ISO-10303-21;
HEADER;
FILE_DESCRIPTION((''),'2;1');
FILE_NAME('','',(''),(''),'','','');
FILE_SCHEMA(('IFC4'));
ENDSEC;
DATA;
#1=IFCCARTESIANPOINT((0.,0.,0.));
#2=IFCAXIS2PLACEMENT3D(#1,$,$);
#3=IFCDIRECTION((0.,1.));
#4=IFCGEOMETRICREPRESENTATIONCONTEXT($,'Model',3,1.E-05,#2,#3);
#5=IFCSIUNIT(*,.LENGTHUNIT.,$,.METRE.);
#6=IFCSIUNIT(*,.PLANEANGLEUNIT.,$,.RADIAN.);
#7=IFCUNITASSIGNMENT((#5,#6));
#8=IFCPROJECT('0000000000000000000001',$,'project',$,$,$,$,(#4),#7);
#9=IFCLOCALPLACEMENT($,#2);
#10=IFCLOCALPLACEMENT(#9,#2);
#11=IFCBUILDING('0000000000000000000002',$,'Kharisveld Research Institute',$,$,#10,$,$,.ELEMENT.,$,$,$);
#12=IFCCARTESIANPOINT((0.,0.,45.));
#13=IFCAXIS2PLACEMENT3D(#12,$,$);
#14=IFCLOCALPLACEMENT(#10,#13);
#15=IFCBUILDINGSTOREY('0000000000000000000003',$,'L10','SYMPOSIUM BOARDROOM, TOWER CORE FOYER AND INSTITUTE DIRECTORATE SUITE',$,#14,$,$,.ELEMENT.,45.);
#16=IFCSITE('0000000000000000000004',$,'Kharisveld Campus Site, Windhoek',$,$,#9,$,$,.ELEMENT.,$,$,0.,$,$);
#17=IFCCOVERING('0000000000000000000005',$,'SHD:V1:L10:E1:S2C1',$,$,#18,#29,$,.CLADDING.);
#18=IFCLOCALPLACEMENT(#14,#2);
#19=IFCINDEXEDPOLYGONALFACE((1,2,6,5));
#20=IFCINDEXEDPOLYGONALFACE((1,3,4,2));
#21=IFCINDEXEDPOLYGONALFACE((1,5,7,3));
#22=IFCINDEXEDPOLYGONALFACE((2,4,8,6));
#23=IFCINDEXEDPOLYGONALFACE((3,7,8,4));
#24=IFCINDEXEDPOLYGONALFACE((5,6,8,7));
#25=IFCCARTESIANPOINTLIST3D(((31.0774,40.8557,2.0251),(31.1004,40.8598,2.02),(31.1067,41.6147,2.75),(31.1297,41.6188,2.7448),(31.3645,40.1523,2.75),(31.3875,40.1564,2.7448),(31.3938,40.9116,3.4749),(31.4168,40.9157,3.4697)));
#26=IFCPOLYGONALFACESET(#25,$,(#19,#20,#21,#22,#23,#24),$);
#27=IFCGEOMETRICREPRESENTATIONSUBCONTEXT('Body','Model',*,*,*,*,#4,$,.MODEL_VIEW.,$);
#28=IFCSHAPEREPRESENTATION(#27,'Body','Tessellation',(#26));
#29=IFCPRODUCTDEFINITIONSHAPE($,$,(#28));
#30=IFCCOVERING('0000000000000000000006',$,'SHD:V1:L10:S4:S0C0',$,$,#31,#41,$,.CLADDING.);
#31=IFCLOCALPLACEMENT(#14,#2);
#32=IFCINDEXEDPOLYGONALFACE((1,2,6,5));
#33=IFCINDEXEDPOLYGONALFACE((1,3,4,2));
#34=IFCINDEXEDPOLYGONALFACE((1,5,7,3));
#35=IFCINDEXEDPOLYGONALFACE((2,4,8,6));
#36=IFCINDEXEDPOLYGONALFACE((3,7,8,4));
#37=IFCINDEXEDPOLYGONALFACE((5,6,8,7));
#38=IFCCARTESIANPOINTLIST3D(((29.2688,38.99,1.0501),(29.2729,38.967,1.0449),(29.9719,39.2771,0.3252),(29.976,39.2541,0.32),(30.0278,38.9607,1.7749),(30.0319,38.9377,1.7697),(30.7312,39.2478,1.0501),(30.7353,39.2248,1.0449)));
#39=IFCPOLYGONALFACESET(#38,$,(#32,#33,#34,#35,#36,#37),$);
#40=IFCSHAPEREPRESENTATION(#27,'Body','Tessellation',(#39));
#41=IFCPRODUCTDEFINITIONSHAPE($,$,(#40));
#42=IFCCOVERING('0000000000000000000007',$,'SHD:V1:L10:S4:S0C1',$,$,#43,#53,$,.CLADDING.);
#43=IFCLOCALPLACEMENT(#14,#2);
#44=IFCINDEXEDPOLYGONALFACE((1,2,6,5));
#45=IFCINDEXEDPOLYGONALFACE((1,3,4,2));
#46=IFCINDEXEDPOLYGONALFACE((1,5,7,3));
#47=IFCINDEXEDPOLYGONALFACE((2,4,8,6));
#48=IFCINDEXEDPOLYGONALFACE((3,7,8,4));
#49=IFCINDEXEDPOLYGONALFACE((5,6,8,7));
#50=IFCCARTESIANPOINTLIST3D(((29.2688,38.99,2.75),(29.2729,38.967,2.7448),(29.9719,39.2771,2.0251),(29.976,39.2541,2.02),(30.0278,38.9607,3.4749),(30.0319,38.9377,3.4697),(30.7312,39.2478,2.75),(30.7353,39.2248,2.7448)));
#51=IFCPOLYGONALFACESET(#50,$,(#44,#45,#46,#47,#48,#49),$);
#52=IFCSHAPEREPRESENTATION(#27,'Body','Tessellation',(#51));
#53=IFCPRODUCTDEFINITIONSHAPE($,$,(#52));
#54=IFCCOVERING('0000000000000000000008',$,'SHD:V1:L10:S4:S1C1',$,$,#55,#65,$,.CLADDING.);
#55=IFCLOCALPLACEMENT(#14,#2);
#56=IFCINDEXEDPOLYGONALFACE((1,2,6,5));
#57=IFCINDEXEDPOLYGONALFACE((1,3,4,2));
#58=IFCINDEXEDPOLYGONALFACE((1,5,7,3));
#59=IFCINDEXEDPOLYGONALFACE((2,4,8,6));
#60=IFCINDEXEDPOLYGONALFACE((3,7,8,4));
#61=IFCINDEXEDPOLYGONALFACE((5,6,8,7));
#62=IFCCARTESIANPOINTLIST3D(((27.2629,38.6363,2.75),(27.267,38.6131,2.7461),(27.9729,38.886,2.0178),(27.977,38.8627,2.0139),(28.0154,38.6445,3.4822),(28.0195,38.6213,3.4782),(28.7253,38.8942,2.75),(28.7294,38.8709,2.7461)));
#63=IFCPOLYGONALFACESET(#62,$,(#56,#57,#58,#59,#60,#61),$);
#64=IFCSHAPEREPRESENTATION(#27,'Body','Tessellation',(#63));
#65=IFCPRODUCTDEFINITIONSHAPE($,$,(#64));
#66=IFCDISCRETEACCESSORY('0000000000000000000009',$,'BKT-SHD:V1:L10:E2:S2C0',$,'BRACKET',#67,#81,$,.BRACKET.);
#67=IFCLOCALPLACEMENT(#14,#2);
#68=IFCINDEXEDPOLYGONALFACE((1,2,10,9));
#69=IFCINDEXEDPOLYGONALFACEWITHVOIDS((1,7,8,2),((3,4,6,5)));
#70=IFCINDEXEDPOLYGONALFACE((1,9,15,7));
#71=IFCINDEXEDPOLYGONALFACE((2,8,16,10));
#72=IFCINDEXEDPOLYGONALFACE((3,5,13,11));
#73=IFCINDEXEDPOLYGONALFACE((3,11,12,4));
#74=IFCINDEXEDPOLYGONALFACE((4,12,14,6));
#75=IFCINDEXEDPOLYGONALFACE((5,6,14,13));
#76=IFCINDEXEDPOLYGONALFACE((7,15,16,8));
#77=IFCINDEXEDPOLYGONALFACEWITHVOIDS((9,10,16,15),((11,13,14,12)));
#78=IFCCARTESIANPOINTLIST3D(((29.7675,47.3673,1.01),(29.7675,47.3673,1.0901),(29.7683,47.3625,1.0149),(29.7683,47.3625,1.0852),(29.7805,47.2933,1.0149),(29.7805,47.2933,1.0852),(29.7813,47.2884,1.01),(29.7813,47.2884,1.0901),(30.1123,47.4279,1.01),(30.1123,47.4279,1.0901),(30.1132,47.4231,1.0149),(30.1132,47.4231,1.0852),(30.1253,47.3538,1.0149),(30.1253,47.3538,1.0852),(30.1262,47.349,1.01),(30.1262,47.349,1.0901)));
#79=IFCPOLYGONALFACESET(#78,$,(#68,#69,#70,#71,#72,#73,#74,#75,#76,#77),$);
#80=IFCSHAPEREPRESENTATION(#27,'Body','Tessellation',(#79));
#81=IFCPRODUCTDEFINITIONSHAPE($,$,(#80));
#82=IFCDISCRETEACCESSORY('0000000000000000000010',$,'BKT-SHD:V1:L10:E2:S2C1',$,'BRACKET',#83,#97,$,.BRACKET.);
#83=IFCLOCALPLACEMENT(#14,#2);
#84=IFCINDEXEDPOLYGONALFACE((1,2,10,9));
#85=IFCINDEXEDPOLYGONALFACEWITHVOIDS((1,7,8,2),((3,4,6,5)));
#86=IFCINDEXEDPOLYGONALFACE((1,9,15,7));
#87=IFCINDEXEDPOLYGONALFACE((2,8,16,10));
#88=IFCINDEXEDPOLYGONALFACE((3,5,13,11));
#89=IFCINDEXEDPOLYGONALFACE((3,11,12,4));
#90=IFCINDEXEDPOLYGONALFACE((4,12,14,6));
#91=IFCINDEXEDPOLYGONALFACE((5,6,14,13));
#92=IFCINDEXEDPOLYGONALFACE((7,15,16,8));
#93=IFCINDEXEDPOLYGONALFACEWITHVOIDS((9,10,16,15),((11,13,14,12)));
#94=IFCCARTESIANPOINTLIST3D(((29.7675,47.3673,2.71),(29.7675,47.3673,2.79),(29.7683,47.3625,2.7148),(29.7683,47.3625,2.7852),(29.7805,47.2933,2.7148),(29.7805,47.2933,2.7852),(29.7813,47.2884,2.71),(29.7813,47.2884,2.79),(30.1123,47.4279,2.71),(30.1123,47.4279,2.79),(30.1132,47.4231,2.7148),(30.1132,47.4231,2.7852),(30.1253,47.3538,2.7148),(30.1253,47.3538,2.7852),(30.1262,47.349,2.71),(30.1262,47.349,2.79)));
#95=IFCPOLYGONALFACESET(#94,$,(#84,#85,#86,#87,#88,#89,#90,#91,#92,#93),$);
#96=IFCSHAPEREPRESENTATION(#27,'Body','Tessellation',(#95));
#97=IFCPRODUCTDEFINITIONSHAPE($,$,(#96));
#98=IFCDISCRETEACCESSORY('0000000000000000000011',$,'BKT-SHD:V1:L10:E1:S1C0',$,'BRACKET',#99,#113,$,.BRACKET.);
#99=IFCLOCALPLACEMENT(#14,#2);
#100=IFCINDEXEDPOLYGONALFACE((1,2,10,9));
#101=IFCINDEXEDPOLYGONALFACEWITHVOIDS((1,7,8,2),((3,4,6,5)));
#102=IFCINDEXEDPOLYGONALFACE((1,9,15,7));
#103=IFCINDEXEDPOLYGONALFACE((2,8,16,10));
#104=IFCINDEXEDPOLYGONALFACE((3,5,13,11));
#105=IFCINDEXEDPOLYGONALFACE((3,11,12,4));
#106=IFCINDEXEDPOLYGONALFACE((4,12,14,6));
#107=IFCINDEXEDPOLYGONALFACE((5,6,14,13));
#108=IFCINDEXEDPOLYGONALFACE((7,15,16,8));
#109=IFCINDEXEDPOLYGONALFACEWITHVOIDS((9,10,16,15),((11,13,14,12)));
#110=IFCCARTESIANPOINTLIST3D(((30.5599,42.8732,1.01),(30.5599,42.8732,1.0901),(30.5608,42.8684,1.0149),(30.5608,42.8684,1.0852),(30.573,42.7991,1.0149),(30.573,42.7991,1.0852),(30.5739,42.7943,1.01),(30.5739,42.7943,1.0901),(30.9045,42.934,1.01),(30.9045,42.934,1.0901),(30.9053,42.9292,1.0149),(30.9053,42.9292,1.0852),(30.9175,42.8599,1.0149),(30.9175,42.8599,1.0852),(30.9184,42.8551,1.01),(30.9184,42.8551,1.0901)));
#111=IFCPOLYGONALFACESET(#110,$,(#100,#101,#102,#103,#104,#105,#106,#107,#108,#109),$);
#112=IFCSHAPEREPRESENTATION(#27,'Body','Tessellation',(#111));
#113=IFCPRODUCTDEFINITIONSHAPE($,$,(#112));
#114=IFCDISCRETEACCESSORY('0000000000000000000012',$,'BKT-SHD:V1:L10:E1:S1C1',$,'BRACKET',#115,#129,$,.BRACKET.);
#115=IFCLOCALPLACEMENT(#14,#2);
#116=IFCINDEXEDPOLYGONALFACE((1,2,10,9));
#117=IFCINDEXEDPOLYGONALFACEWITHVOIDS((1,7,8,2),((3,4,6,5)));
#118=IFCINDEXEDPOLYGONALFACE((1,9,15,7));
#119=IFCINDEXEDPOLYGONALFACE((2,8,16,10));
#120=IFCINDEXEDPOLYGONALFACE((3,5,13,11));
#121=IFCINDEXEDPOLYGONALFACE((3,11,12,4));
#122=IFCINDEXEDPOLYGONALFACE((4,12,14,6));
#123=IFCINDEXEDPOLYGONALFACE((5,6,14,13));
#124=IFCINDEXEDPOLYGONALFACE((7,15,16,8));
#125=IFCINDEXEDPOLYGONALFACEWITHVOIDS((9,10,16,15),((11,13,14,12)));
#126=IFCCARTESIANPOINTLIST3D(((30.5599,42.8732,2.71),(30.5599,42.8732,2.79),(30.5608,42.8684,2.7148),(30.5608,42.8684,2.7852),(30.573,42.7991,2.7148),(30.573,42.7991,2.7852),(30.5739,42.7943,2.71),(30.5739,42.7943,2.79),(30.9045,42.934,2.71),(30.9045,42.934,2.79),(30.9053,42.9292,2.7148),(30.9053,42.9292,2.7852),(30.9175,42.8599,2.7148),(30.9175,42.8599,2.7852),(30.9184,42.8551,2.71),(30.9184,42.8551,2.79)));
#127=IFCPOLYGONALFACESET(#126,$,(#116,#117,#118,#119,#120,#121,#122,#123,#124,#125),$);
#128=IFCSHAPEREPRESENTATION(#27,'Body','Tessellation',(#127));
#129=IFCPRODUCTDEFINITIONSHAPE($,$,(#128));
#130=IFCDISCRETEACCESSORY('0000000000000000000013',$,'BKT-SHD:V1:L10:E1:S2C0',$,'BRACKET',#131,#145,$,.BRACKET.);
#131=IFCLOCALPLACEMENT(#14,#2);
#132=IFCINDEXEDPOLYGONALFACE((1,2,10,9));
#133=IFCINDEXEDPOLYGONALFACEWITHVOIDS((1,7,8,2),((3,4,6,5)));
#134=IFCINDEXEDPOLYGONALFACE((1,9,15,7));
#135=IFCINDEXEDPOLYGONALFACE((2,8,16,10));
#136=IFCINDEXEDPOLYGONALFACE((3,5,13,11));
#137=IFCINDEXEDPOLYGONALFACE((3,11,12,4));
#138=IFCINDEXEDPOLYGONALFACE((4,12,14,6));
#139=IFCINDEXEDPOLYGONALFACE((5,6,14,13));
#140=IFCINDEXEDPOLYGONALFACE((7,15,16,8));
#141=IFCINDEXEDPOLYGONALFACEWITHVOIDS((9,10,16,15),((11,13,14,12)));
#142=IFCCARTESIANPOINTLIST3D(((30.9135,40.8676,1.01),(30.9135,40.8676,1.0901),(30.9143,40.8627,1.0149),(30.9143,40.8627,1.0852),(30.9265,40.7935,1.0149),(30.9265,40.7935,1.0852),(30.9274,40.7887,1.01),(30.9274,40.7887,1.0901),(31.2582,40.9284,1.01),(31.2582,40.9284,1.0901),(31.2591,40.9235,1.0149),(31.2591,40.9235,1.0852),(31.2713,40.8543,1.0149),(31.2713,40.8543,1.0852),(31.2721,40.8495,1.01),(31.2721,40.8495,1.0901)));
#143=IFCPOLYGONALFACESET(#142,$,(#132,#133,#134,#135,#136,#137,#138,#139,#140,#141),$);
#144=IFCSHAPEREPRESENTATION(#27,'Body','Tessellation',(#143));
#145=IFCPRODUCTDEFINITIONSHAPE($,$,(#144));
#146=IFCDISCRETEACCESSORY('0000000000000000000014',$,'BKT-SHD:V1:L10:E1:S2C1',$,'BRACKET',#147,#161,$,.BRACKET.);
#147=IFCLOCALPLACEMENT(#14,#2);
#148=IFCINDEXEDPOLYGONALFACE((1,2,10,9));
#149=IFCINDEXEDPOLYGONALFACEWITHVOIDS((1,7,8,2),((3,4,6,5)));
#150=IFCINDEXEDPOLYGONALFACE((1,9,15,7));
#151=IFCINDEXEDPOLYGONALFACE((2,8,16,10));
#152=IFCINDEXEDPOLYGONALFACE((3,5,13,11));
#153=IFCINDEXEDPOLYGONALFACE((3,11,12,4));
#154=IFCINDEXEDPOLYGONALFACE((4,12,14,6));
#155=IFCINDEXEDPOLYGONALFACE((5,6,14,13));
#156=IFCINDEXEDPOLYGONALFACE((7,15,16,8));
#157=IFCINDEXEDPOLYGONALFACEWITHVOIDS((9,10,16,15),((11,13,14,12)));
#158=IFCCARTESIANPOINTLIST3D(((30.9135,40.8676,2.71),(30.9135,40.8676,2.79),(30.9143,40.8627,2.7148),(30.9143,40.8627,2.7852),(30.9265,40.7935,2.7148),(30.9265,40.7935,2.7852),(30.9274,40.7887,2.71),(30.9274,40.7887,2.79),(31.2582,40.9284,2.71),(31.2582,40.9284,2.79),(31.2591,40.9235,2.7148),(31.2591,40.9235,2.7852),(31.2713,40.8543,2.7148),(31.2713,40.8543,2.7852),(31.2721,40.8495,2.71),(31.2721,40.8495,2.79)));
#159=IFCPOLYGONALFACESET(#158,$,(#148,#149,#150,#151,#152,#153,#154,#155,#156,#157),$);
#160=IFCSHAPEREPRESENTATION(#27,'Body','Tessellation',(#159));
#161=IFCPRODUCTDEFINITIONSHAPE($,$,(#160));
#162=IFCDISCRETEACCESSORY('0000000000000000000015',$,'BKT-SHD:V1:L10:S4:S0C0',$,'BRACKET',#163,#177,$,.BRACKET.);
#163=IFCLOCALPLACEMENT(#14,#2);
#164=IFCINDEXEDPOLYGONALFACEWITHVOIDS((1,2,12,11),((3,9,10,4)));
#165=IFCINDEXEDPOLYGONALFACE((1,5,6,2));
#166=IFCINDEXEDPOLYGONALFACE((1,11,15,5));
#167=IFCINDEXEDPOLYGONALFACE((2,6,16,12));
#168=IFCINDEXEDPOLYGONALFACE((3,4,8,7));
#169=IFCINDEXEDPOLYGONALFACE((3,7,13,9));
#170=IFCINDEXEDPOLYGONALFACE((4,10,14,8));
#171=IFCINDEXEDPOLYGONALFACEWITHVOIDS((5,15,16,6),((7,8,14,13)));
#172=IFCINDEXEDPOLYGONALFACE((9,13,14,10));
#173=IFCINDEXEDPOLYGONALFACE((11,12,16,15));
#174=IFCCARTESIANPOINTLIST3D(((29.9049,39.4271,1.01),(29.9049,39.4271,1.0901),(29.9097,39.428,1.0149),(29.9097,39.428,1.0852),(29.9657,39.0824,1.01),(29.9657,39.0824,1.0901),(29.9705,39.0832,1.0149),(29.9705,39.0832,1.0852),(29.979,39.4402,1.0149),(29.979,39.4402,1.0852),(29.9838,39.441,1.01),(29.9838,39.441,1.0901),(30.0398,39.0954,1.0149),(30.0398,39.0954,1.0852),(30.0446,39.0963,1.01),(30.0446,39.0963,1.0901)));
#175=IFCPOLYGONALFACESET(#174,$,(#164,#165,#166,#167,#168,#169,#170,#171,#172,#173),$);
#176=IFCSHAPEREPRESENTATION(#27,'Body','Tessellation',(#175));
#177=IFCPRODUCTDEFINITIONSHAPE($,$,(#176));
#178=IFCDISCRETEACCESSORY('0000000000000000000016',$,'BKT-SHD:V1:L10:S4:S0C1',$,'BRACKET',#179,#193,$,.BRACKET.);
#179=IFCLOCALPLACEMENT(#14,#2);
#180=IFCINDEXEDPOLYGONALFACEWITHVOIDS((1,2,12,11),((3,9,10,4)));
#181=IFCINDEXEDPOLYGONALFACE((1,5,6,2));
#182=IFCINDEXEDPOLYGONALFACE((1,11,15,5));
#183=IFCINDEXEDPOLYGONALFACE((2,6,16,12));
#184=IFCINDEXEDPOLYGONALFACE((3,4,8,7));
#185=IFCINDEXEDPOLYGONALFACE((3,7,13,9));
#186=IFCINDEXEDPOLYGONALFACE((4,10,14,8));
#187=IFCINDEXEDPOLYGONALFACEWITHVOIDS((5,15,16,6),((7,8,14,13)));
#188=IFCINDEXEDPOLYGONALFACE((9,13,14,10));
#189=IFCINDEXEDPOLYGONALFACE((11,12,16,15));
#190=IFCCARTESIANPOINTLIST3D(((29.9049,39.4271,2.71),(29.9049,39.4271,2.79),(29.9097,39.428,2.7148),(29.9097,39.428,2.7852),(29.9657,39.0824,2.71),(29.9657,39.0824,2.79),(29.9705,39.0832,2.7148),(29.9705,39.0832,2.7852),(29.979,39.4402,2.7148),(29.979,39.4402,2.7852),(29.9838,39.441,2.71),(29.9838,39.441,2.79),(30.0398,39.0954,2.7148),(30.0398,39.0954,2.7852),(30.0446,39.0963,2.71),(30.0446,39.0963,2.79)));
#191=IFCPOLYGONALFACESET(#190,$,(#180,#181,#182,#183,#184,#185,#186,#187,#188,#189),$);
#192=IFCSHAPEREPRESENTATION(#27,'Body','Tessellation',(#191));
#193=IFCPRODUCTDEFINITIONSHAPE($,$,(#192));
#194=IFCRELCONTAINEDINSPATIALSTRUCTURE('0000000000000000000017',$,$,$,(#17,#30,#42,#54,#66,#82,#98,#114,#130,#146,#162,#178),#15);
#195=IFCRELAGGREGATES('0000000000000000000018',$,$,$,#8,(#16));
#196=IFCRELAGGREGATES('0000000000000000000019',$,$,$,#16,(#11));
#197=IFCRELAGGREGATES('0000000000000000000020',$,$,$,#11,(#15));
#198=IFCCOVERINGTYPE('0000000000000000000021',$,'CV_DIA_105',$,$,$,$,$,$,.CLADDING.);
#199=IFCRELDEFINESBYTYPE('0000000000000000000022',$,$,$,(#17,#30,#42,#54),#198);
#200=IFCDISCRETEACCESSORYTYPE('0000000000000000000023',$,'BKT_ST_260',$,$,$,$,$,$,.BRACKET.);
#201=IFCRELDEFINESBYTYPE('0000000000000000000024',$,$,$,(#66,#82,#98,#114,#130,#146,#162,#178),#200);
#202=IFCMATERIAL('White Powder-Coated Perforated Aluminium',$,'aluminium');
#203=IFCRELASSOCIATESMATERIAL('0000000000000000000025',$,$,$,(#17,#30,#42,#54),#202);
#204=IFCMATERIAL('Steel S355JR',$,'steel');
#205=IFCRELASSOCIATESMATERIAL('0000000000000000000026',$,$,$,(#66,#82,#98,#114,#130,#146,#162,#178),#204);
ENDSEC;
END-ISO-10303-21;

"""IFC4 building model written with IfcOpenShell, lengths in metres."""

from ifc_helpers import new_model, si_unit, direction, frame, origin, origin_2d, place, context, subcontext, project, spatial, polyline, hollow_rectangle, outline, extrude, material, type_object, element, save


model = new_model("IFC4")

# Units and contexts
model_context = context("Model", 3, precision=1e-05, world=origin(), true_north=direction((0.0, 1.0)))
body_context = subcontext(model_context, "Body", "Model", "MODEL_VIEW")
ifc_project = project(units=[si_unit("LENGTHUNIT", "METRE"), si_unit("PLANEANGLEUNIT", "RADIAN")], contexts=[model_context])

# Site, building, storey
site_placement = place(None, origin())
site = spatial("IfcSite", under=ifc_project, at=site_placement, Name="Kharisveld Campus Site, Windhoek", CompositionType="ELEMENT", RefElevation=0.0)
building_placement = place(site_placement, origin())
building = spatial("IfcBuilding", under=site, at=building_placement, Name="Kharisveld Research Institute", CompositionType="ELEMENT")
storey_placement = place(building_placement, frame((0.0, 0.0, 45.0)))
storey = spatial("IfcBuildingStorey", under=building, at=storey_placement, Name="L10", Description="SYMPOSIUM BOARDROOM, TOWER CORE FOYER AND INSTITUTE DIRECTORATE SUITE", CompositionType="ELEMENT", Elevation=45.0)

# Shared definitions
ifc_material_1 = material(Name="Steel S355JR", Category="steel")

# Coverings
ifc_material_2 = material(Name="White Powder-Coated Perforated Aluminium", Category="aluminium")
covering_type = type_object("IfcCoveringType", Name="CV_DIA_105", PredefinedType="CLADDING")
for number, where, z_axis, x_axis, name in (
    (1, (31.0774, 40.8557, 2.0251), (-0.961481, -0.169503, 0.216385), (0.273447, -0.66985, 0.69031), "SHD:V1:L10:E1:S2C1"),
):
    element("IfcCovering", number, at=place(storey_placement, frame(where, z_axis=z_axis, x_axis=x_axis)), inside=storey, type_object=covering_type, material=ifc_material_2, Name=name, PredefinedType="CLADDING", context=body_context, shape_type="SweptSolid", body=[
        extrude(outline(polyline([(0.0, 0.0), (1.05, 0.0), (1.0498, 1.0501), (-0.0001, 1.05), (0.0, 0.0)])), origin(), (0.0, 0.0, -1.0), 0.0239),
    ])
for number, where, z_axis, x_axis, name in (
    (2, (29.9719, 39.2771, 0.3252), (-0.169503, 0.961481, 0.216385), (-0.669728, -0.273452, 0.690426), "SHD:V1:L10:S4:S0C0"),
    (3, (29.9719, 39.2771, 2.0251), (-0.169503, 0.961481, 0.216385), (-0.669728, -0.273452, 0.690426), "SHD:V1:L10:S4:S0C1"),
):
    element("IfcCovering", number, at=place(storey_placement, frame(where, z_axis=z_axis, x_axis=x_axis)), inside=storey, type_object=covering_type, material=ifc_material_2, Name=name, PredefinedType="CLADDING", context=body_context, shape_type="SweptSolid", body=[
        extrude(outline(polyline([(0.0, 0.0), (1.0499, 0.0), (1.05, 1.05), (0.0, 1.0501), (0.0, 0.0)])), origin(), (0.0, 0.0, -1.0), 0.0239),
    ])
covering_placement = place(storey_placement, frame((27.9729, 38.886, 2.0178), z_axis=(-0.171233, 0.971295, 0.165123), x_axis=(-0.676171, -0.237752, 0.697329)))
element("IfcCovering", 4, at=covering_placement, inside=storey, type_object=covering_type, material=ifc_material_2, Name="SHD:V1:L10:S4:S1C1", PredefinedType="CLADDING", context=body_context, shape_type="SweptSolid", body=[
    extrude(outline(polyline([(0.0, 0.0), (1.05, 0.0), (1.0498, 1.0499), (-0.0001, 1.0499), (0.0, 0.0)])), origin(), (0.0, 0.0, -1.0), 0.0239),
])

# Discrete accessories
discrete_accessory_type = type_object("IfcDiscreteAccessoryType", Name="BKT_ST_260", PredefinedType="BRACKET")
for number, where, z_axis, x_axis, name in (
    (5, (29.7744, 47.3279, 1.05), (0.984924, 0.172989, 0.0), (-0.172989, 0.984924, 0.0), "BKT-SHD:V1:L10:E2:S2C0"),
    (6, (29.7744, 47.3279, 2.75), (0.984924, 0.172989, 0.0), (-0.172989, 0.984924, 0.0), "BKT-SHD:V1:L10:E2:S2C1"),
):
    element("IfcDiscreteAccessory", number, at=place(storey_placement, frame(where, z_axis=z_axis, x_axis=x_axis)), inside=storey, type_object=discrete_accessory_type, material=ifc_material_1, Name=name, ObjectType="BRACKET", PredefinedType="BRACKET", context=body_context, shape_type="SweptSolid", body=[
        extrude(hollow_rectangle(XDim=0.0801, YDim=0.0801, WallThickness=0.0049, at=origin_2d()), origin(), (0.0, 0.0, 1.0), 0.3501),
    ])
for number, where, z_axis, x_axis, name in (
    (7, (30.5669, 42.8337, 1.05), (0.984784, 0.173785, 0.0), (-0.173785, 0.984784, 0.0), "BKT-SHD:V1:L10:E1:S1C0"),
    (8, (30.5669, 42.8337, 2.75), (0.984784, 0.173785, 0.0), (-0.173785, 0.984784, 0.0), "BKT-SHD:V1:L10:E1:S1C1"),
):
    element("IfcDiscreteAccessory", number, at=place(storey_placement, frame(where, z_axis=z_axis, x_axis=x_axis)), inside=storey, type_object=discrete_accessory_type, material=ifc_material_1, Name=name, ObjectType="BRACKET", PredefinedType="BRACKET", context=body_context, shape_type="SweptSolid", body=[
        extrude(hollow_rectangle(XDim=0.0801, YDim=0.0801, WallThickness=0.0049, at=origin_2d()), origin(), (0.0, 0.0, 1.0), 0.3499),
    ])
for number, where, z_axis, x_axis, name in (
    (9, (30.9204, 40.8281, 1.05), (0.984805, 0.173666, 0.0), (-0.173666, 0.984805, 0.0), "BKT-SHD:V1:L10:E1:S2C0"),
    (10, (30.9204, 40.8281, 2.75), (0.984805, 0.173666, 0.0), (-0.173666, 0.984805, 0.0), "BKT-SHD:V1:L10:E1:S2C1"),
    (11, (29.9443, 39.4341, 1.05), (0.173666, -0.984805, 0.0), (0.984805, 0.173666, 0.0), "BKT-SHD:V1:L10:S4:S0C0"),
    (12, (29.9443, 39.4341, 2.75), (0.173666, -0.984805, 0.0), (0.984805, 0.173666, 0.0), "BKT-SHD:V1:L10:S4:S0C1"),
):
    element("IfcDiscreteAccessory", number, at=place(storey_placement, frame(where, z_axis=z_axis, x_axis=x_axis)), inside=storey, type_object=discrete_accessory_type, material=ifc_material_1, Name=name, ObjectType="BRACKET", PredefinedType="BRACKET", context=body_context, shape_type="SweptSolid", body=[
        extrude(hollow_rectangle(XDim=0.0801, YDim=0.0801, WallThickness=0.0049, at=origin_2d()), origin(), (0.0, 0.0, 1.0), 0.3501),
    ])

save(model, "model.ifc")
